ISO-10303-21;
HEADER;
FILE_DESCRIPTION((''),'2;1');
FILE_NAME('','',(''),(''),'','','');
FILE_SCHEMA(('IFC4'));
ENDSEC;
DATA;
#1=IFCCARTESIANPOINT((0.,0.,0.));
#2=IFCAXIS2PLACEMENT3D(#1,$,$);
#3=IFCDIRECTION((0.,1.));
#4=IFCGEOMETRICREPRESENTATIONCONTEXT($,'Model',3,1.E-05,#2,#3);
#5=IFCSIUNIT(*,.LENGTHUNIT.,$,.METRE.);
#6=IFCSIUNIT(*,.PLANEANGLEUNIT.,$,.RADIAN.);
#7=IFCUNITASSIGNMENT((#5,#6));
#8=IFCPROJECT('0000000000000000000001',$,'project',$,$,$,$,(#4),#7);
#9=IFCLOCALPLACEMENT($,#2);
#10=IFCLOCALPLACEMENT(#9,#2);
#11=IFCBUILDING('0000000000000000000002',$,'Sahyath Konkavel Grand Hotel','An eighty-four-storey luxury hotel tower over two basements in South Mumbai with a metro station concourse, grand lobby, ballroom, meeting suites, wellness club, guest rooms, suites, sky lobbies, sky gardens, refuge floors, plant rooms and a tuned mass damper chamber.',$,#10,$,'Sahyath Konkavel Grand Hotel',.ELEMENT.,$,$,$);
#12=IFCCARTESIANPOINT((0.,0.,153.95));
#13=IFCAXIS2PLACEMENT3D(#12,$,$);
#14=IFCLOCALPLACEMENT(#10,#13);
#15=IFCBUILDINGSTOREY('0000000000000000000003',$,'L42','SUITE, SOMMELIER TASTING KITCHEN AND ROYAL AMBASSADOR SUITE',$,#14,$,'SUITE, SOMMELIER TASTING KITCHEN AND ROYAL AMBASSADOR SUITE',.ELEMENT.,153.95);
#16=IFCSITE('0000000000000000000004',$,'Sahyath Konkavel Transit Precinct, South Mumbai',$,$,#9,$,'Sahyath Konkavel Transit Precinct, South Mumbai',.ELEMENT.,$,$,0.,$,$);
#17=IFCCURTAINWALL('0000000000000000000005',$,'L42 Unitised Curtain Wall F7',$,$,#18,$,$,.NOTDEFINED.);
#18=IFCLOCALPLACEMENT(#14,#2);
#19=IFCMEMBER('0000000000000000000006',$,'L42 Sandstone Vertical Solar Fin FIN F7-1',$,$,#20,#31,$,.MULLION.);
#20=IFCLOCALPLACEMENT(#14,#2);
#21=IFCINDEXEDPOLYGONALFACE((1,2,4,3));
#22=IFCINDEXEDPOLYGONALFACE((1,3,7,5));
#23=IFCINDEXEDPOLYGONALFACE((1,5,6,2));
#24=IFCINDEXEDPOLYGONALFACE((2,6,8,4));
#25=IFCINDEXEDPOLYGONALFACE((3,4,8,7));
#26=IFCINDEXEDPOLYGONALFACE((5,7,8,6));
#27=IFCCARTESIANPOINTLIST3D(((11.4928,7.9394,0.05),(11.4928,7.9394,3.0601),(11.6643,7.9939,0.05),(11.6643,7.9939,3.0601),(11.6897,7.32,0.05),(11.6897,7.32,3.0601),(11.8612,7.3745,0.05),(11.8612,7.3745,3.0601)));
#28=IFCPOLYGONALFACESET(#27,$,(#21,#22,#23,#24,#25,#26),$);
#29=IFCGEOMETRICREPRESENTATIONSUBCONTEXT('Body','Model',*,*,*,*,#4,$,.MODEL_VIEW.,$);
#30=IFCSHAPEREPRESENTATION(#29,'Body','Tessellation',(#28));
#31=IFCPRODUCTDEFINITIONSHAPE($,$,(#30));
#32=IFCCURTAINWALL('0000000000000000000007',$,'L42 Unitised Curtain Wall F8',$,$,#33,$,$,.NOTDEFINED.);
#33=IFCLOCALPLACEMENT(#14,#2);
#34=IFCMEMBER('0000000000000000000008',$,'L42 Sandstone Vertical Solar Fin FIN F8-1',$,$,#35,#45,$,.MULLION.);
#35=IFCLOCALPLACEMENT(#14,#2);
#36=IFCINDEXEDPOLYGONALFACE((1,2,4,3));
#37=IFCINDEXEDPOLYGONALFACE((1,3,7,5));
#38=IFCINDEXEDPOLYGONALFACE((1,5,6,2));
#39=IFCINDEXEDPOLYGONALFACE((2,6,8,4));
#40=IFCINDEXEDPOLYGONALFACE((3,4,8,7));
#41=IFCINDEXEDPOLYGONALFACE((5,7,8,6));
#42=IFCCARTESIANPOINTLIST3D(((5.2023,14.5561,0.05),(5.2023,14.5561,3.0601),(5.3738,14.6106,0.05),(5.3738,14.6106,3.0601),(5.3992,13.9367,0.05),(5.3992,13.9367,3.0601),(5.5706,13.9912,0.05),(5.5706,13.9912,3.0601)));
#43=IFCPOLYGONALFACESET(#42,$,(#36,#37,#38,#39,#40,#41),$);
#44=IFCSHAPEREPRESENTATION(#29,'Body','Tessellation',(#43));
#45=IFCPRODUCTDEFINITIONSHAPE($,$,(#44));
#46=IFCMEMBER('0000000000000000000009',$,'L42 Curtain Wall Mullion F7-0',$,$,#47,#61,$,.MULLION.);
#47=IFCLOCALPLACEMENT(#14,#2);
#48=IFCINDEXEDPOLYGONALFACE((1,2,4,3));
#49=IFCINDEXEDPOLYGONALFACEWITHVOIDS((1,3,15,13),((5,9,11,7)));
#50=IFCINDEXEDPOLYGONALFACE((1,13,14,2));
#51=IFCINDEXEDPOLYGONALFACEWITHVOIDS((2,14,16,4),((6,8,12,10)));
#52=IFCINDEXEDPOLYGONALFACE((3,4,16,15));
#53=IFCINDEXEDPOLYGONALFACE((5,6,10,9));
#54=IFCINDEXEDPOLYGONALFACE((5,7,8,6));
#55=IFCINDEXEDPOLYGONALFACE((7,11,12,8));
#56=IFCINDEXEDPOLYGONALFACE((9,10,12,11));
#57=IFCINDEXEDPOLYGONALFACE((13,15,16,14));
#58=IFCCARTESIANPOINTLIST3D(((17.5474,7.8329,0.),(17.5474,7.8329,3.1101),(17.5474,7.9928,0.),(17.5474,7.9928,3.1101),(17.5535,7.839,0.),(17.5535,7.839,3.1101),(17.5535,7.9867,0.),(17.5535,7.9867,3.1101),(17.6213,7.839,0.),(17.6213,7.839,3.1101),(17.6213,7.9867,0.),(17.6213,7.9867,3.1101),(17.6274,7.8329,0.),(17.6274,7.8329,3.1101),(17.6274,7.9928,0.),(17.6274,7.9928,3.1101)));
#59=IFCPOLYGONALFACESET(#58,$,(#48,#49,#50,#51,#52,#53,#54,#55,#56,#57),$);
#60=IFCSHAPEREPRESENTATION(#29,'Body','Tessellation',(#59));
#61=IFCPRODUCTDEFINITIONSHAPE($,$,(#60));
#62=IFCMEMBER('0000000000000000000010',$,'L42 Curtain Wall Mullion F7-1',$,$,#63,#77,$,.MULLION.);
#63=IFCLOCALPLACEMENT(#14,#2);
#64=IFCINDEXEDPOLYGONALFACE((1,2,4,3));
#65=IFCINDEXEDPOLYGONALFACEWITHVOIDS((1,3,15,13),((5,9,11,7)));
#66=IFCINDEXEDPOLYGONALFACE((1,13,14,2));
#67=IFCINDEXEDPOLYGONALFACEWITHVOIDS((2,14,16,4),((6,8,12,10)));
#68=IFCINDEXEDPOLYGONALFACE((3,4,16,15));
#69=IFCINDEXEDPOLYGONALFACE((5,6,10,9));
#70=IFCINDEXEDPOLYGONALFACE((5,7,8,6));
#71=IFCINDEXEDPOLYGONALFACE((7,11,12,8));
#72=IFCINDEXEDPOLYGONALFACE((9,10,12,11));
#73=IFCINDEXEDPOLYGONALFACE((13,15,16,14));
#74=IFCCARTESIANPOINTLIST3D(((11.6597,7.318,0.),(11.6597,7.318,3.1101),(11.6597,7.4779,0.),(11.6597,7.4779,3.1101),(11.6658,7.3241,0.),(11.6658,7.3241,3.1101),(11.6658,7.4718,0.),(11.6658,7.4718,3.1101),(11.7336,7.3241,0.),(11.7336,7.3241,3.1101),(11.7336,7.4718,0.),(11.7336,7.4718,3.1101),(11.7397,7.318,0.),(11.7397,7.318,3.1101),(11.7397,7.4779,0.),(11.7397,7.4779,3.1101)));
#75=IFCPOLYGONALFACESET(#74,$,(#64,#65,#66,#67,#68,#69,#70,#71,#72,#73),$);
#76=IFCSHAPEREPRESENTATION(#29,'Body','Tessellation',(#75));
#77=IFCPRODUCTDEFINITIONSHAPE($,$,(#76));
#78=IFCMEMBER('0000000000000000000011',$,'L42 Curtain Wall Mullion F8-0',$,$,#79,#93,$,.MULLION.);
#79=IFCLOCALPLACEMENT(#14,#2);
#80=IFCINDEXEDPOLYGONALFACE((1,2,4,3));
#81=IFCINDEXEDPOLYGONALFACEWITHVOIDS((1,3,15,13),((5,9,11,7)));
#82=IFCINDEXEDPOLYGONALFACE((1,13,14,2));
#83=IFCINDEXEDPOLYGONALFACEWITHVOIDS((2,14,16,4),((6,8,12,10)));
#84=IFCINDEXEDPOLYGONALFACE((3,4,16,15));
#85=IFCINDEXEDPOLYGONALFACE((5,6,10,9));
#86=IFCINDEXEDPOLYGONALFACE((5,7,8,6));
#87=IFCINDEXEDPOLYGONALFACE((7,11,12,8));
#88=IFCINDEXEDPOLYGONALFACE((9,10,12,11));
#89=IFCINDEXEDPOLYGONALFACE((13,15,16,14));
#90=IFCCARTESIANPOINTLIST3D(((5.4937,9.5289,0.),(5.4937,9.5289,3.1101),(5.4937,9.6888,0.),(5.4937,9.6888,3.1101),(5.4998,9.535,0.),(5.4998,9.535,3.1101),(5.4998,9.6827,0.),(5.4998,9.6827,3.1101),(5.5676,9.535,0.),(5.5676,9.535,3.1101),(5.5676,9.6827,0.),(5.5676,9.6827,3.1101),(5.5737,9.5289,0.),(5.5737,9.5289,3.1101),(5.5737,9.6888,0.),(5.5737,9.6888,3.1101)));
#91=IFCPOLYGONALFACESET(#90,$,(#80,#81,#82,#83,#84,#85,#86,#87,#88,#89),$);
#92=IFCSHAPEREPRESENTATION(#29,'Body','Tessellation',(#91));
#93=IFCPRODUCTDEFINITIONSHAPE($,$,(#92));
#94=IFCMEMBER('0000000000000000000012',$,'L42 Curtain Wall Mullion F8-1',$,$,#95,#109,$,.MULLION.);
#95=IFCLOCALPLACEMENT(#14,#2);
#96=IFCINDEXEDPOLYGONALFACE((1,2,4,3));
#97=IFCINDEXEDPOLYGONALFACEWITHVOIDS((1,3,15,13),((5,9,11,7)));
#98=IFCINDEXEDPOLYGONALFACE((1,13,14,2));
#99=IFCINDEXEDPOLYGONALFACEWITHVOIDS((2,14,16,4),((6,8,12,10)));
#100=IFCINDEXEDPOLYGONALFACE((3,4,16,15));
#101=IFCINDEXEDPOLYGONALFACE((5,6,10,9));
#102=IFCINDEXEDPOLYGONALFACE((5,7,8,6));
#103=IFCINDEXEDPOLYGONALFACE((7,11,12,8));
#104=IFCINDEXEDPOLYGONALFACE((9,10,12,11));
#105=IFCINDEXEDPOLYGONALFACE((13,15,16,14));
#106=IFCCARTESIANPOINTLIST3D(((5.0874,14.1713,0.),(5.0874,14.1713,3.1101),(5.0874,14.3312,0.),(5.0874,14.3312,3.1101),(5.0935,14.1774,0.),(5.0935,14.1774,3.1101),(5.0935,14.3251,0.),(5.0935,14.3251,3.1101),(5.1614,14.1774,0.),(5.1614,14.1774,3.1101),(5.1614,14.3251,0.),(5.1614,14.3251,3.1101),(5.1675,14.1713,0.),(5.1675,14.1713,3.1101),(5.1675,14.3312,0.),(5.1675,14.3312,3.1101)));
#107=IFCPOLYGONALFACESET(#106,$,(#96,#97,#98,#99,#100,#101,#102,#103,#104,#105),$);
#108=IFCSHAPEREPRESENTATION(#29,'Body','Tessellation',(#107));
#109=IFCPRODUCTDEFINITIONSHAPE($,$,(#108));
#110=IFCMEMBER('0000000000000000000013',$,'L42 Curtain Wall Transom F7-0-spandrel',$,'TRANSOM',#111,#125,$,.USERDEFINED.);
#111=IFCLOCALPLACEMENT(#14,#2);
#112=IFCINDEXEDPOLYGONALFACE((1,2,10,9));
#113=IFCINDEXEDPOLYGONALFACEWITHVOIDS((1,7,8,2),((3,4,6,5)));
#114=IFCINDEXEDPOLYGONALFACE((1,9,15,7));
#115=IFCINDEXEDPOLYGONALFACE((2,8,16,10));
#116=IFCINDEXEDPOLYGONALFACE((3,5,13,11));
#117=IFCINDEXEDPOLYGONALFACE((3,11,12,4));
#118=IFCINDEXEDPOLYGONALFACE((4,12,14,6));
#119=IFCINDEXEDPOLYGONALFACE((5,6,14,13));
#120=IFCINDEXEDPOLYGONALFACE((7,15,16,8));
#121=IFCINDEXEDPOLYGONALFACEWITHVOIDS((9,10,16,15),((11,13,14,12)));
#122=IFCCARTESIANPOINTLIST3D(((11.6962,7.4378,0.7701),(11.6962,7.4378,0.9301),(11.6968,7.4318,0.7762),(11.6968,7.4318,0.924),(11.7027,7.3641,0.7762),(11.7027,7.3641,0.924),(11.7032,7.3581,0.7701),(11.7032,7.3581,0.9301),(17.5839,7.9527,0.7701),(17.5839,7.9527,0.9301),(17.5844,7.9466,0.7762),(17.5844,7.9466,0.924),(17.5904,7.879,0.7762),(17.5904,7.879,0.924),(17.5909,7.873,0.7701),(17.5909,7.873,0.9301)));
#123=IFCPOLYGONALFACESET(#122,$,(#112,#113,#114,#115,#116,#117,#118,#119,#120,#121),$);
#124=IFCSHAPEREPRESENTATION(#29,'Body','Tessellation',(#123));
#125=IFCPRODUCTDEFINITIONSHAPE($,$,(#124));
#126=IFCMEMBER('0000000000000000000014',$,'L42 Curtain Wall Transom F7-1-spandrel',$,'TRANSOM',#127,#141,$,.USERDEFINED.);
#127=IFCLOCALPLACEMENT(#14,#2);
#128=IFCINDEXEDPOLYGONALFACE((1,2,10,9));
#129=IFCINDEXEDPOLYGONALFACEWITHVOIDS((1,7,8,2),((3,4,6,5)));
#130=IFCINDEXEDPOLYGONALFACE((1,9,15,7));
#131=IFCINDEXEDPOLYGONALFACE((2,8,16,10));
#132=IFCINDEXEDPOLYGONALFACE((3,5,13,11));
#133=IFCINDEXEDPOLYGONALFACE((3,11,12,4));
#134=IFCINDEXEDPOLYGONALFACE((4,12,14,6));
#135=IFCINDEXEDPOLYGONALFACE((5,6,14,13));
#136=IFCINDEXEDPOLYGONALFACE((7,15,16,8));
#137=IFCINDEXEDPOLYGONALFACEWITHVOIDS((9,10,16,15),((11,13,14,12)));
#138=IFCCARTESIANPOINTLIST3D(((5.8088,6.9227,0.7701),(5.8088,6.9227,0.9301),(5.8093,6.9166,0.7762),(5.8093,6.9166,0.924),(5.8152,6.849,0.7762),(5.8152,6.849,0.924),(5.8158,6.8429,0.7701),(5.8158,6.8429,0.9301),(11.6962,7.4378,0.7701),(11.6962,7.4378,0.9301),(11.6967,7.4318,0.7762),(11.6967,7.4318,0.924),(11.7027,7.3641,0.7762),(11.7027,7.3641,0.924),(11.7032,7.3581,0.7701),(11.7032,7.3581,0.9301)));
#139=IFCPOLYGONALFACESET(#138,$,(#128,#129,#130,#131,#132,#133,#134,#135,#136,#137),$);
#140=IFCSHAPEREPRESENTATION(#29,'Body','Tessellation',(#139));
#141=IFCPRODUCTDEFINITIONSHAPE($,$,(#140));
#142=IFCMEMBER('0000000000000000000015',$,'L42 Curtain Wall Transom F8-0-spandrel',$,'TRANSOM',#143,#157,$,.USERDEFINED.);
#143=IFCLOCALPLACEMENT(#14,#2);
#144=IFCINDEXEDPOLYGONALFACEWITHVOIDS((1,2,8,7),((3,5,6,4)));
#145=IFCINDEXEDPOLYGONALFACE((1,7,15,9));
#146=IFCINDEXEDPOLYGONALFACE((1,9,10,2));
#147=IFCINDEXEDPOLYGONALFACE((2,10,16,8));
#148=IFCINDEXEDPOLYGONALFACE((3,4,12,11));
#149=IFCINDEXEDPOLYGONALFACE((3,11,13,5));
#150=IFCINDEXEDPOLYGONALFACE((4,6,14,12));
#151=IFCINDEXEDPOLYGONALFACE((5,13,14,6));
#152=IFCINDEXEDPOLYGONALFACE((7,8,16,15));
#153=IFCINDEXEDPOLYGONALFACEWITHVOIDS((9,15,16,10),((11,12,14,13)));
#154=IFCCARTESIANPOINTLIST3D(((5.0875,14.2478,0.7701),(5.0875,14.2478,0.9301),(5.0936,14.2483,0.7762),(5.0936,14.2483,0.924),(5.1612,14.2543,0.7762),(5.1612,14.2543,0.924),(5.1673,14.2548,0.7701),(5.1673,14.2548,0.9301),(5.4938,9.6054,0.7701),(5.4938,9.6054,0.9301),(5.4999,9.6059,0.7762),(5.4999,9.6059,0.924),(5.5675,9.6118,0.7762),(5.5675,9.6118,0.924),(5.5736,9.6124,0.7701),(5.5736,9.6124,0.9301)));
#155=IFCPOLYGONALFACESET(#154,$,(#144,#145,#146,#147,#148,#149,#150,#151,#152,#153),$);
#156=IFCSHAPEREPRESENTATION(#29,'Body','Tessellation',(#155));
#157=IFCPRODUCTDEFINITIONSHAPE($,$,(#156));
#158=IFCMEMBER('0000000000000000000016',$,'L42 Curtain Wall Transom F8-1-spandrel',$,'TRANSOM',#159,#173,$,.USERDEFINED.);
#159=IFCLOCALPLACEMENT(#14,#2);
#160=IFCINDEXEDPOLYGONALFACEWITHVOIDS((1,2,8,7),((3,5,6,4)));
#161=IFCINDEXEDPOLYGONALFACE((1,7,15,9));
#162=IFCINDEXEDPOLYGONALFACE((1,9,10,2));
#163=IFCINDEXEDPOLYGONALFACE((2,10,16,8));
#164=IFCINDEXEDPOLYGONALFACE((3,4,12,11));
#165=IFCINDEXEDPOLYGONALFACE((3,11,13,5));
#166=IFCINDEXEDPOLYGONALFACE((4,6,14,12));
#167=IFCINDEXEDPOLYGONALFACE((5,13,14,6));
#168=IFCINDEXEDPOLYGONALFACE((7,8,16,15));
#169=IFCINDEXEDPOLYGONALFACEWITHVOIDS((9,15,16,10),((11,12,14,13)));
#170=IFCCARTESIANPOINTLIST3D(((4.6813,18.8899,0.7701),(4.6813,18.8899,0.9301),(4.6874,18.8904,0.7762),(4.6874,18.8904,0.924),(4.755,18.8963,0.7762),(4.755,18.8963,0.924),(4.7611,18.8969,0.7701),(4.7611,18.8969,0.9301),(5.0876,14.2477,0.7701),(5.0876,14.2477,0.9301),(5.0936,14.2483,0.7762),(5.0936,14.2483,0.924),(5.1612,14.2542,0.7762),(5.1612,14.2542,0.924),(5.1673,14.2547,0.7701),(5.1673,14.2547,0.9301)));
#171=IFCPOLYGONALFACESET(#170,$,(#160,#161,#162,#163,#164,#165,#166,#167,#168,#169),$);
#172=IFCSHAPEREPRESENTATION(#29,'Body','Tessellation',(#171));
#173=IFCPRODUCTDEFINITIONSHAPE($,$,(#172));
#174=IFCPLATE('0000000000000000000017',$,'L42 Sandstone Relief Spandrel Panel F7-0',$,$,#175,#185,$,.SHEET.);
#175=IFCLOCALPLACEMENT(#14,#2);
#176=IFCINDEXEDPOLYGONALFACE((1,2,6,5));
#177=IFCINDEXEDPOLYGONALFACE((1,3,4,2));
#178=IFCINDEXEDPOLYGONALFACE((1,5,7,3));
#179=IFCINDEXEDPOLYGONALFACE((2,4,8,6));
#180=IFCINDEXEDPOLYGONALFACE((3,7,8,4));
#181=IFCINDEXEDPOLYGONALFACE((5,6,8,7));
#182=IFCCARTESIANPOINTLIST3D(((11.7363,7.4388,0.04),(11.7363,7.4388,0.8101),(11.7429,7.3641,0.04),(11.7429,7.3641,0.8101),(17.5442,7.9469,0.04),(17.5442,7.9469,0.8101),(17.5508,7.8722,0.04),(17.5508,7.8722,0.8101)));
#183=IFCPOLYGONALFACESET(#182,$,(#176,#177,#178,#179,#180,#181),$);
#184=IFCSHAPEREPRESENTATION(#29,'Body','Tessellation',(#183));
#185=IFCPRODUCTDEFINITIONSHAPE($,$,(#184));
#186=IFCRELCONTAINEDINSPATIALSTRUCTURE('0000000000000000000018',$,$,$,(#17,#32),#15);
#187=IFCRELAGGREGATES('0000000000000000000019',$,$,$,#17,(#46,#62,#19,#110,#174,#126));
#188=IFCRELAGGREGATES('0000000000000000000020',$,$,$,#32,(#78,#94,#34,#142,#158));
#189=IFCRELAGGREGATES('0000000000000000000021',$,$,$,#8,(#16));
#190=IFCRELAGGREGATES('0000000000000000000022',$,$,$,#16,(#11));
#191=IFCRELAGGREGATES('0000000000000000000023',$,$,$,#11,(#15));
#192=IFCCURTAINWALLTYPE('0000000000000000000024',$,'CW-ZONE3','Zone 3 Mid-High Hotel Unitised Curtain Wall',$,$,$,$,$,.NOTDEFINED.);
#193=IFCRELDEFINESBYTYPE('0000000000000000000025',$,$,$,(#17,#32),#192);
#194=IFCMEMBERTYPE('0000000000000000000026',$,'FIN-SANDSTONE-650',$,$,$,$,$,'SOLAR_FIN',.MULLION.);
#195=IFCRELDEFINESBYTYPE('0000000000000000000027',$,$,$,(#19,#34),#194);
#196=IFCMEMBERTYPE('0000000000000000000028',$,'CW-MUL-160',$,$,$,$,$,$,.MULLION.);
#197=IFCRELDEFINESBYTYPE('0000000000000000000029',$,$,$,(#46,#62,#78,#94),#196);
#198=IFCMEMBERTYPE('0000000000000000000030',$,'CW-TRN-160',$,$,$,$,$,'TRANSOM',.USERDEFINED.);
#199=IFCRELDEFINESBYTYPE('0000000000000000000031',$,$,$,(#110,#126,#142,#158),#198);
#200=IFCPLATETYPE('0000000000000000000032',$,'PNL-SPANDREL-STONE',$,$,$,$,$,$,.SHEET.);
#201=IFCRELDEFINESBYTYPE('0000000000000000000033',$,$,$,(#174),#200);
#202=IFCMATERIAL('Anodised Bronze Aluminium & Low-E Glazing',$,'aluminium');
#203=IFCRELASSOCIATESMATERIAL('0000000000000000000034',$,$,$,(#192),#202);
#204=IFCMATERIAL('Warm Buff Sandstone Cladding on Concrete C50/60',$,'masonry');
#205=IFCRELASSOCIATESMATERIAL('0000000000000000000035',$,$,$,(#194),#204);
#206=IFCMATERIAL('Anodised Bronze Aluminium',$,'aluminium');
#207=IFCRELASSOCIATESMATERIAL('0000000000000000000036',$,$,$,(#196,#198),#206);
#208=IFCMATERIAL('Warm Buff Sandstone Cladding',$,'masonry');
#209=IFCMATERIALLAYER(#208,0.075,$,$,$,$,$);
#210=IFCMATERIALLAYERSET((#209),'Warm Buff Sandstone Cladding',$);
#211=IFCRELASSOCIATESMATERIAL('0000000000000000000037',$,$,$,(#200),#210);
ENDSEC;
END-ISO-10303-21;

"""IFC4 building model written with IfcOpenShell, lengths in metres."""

from ifc_helpers import new_model, si_unit, direction, frame, origin, origin_2d, place, context, subcontext, project, spatial, rectangle, hollow_rectangle, extrude, source, transform, mapped, material, layer, layer_set, material_profile, profile_set, type_object, element, aggregate, save


model = new_model("IFC4")

# Units and contexts
model_context = context("Model", 3, precision=1e-05, world=origin(), true_north=direction((0.0, 1.0)))
body_context = subcontext(model_context, "Body", "Model", "MODEL_VIEW")
ifc_project = project(units=[si_unit("LENGTHUNIT", "METRE"), si_unit("PLANEANGLEUNIT", "RADIAN")], contexts=[model_context])

# Site, building, storey
site_placement = place(None, origin())
site = spatial("IfcSite", under=ifc_project, at=site_placement, Name="Sahyath Konkavel Transit Precinct, South Mumbai", LongName="Sahyath Konkavel Transit Precinct, South Mumbai", CompositionType="ELEMENT", RefElevation=0.0)
building_placement = place(site_placement, origin())
building = spatial("IfcBuilding", under=site, at=building_placement, Name="Sahyath Konkavel Grand Hotel", Description="An eighty-four-storey luxury hotel tower over two basements in South Mumbai with a metro station concourse, grand lobby, ballroom, meeting suites, wellness club, guest rooms, suites, sky lobbies, sky gardens, refuge floors, plant rooms and a tuned mass damper chamber.", LongName="Sahyath Konkavel Grand Hotel", CompositionType="ELEMENT")
storey_placement = place(building_placement, frame((0.0, 0.0, 153.95)))
storey = spatial("IfcBuildingStorey", under=building, at=storey_placement, Name="L42", Description="SUITE, SOMMELIER TASTING KITCHEN AND ROYAL AMBASSADOR SUITE", LongName="SUITE, SOMMELIER TASTING KITCHEN AND ROYAL AMBASSADOR SUITE", CompositionType="ELEMENT", Elevation=153.95)

# Curtain walls, members
ifc_material_1 = material(Name="Anodised Bronze Aluminium & Low-E Glazing", Category="aluminium")
curtain_wall_type = type_object("IfcCurtainWallType", Name="CW-ZONE3", Description="Zone 3 Mid-High Hotel Unitised Curtain Wall", PredefinedType="NOTDEFINED", material=ifc_material_1)
curtain_wall_1_placement = place(storey_placement, origin())
curtain_wall_1 = element("IfcCurtainWall", 1, at=curtain_wall_1_placement, inside=storey, type_object=curtain_wall_type, Name="L42 Unitised Curtain Wall F7", PredefinedType="NOTDEFINED")
ifc_material_2 = material(Name="Warm Buff Sandstone Cladding on Concrete C50/60", Category="masonry")
ifc_material_profile_1 = material_profile(ifc_material_2, rectangle(XDim=0.1799, YDim=0.6499, at=origin_2d()), Name="FIN 180x650")
ifc_profile_set_1 = profile_set([ifc_material_profile_1], Name="Warm Buff Sandstone Cladding on Concrete C50/60")
member_type_1 = type_object("IfcMemberType", Name="FIN-SANDSTONE-650", ElementType="SOLAR_FIN", PredefinedType="MULLION", material=ifc_profile_set_1)
shared_shape_1 = source(origin(), body_context, "Body", "SweptSolid", [
    extrude(rectangle(XDim=0.1799, YDim=0.6499, at=origin_2d()), origin(), (0.0, 0.0, 1.0), 3.01),
])
member_1_placement = place(storey_placement, frame((11.677, 7.657, 0.05), z_axis=(0.0, 0.0, 1.0), x_axis=(0.953032, 0.302869, 0.0)))
member_1 = element("IfcMember", 2, at=member_1_placement, type_object=member_type_1, Name="L42 Sandstone Vertical Solar Fin FIN F7-1", PredefinedType="MULLION", context=body_context, shape_type="MappedRepresentation", body=[
    mapped(shared_shape_1, transform((0.0, 0.0, 0.0), scale=1.0)),
])
curtain_wall_2_placement = place(storey_placement, origin())
curtain_wall_2 = element("IfcCurtainWall", 3, at=curtain_wall_2_placement, inside=storey, type_object=curtain_wall_type, Name="L42 Unitised Curtain Wall F8", PredefinedType="NOTDEFINED")
member_2_placement = place(storey_placement, frame((5.3865, 14.2737, 0.05), z_axis=(0.0, 0.0, 1.0), x_axis=(0.953032, 0.302869, 0.0)))
member_2 = element("IfcMember", 4, at=member_2_placement, type_object=member_type_1, Name="L42 Sandstone Vertical Solar Fin FIN F8-1", PredefinedType="MULLION", context=body_context, shape_type="MappedRepresentation", body=[
    mapped(shared_shape_1, transform((0.0, 0.0, 0.0), scale=1.0)),
])

# Members
ifc_material_3 = material(Name="Anodised Bronze Aluminium", Category="aluminium")
ifc_material_profile_2 = material_profile(ifc_material_3, hollow_rectangle(XDim=0.0801, YDim=0.1599, WallThickness=0.0061, at=origin_2d()), Name="RHS 160x80x6")
ifc_profile_set_2 = profile_set([ifc_material_profile_2], Name="Anodised Bronze Aluminium")
member_type_2 = type_object("IfcMemberType", Name="CW-MUL-160", PredefinedType="MULLION", material=ifc_profile_set_2)
shared_shape_2 = source(origin(), body_context, "Body", "SweptSolid", [
    extrude(hollow_rectangle(XDim=0.0801, YDim=0.1599, WallThickness=0.0061, at=origin_2d()), origin(), (0.0, 0.0, 1.0), 3.1101),
])
member_3_placement = place(storey_placement, frame((17.5874, 7.9128, 0.0), z_axis=(0.0, 0.0, 1.0), x_axis=(1.0, 0.0, 0.0)))
member_3 = element("IfcMember", 5, at=member_3_placement, type_object=member_type_2, Name="L42 Curtain Wall Mullion F7-0", PredefinedType="MULLION", context=body_context, shape_type="MappedRepresentation", body=[
    mapped(shared_shape_2, transform((0.0, 0.0, 0.0), scale=1.0)),
])
member_4_placement = place(storey_placement, frame((11.6997, 7.3979, 0.0), z_axis=(0.0, 0.0, 1.0), x_axis=(1.0, 0.0, 0.0)))
member_4 = element("IfcMember", 6, at=member_4_placement, type_object=member_type_2, Name="L42 Curtain Wall Mullion F7-1", PredefinedType="MULLION", context=body_context, shape_type="MappedRepresentation", body=[
    mapped(shared_shape_2, transform((0.0, 0.0, 0.0), scale=1.0)),
])
member_5_placement = place(storey_placement, frame((5.5337, 9.6089, 0.0), z_axis=(0.0, 0.0, 1.0), x_axis=(1.0, 0.0, 0.0)))
member_5 = element("IfcMember", 7, at=member_5_placement, type_object=member_type_2, Name="L42 Curtain Wall Mullion F8-0", PredefinedType="MULLION", context=body_context, shape_type="MappedRepresentation", body=[
    mapped(shared_shape_2, transform((0.0, 0.0, 0.0), scale=1.0)),
])
member_6_placement = place(storey_placement, frame((5.1274, 14.2512, 0.0), z_axis=(0.0, 0.0, 1.0), x_axis=(1.0, 0.0, 0.0)))
member_6 = element("IfcMember", 8, at=member_6_placement, type_object=member_type_2, Name="L42 Curtain Wall Mullion F8-1", PredefinedType="MULLION", context=body_context, shape_type="MappedRepresentation", body=[
    mapped(shared_shape_2, transform((0.0, 0.0, 0.0), scale=1.0)),
])
ifc_material_profile_3 = material_profile(ifc_material_3, hollow_rectangle(XDim=0.0801, YDim=0.1599, WallThickness=0.0061, at=origin_2d()), Name="RHS 160x80x6")
ifc_profile_set_3 = profile_set([ifc_material_profile_3], Name="Anodised Bronze Aluminium")
member_type_3 = type_object("IfcMemberType", Name="CW-TRN-160", ElementType="TRANSOM", PredefinedType="USERDEFINED", material=ifc_profile_set_3)
shared_shape_3 = source(origin(), body_context, "Body", "SweptSolid", [
    extrude(hollow_rectangle(XDim=0.0801, YDim=0.1599, WallThickness=0.0061, at=origin_2d()), origin(), (0.0, 0.0, 1.0), 5.9102),
])
member_7_placement = place(storey_placement, frame((17.5874, 7.9128, 0.8501), z_axis=(-0.996198, -0.08712, 0.0), x_axis=(0.08712, -0.996198, 0.0)))
member_7 = element("IfcMember", 9, at=member_7_placement, type_object=member_type_3, Name="L42 Curtain Wall Transom F7-0-spandrel", ObjectType="TRANSOM", PredefinedType="USERDEFINED", context=body_context, shape_type="MappedRepresentation", body=[
    mapped(shared_shape_3, transform((0.0, 0.0, 0.0), scale=1.0)),
])
shared_shape_4 = source(origin(), body_context, "Body", "SweptSolid", [
    extrude(hollow_rectangle(XDim=0.0801, YDim=0.1599, WallThickness=0.0061, at=origin_2d()), origin(), (0.0, 0.0, 1.0), 5.9099),
])
member_8_placement = place(storey_placement, frame((11.6997, 7.3979, 0.8501), z_axis=(-0.996194, -0.087164, 0.0), x_axis=(0.087164, -0.996194, 0.0)))
member_8 = element("IfcMember", 10, at=member_8_placement, type_object=member_type_3, Name="L42 Curtain Wall Transom F7-1-spandrel", ObjectType="TRANSOM", PredefinedType="USERDEFINED", context=body_context, shape_type="MappedRepresentation", body=[
    mapped(shared_shape_4, transform((0.0, 0.0, 0.0), scale=1.0)),
])
shared_shape_5 = source(origin(), body_context, "Body", "SweptSolid", [
    extrude(hollow_rectangle(XDim=0.0801, YDim=0.1599, WallThickness=0.0061, at=origin_2d()), origin(), (0.0, 0.0, 1.0), 4.6602),
])
member_9_placement = place(storey_placement, frame((5.5337, 9.6089, 0.8501), z_axis=(-0.087177, 0.996193, 0.0), x_axis=(-0.996193, -0.087177, 0.0)))
member_9 = element("IfcMember", 11, at=member_9_placement, type_object=member_type_3, Name="L42 Curtain Wall Transom F8-0-spandrel", ObjectType="TRANSOM", PredefinedType="USERDEFINED", context=body_context, shape_type="MappedRepresentation", body=[
    mapped(shared_shape_5, transform((0.0, 0.0, 0.0), scale=1.0)),
])
shared_shape_6 = source(origin(), body_context, "Body", "SweptSolid", [
    extrude(hollow_rectangle(XDim=0.0801, YDim=0.1599, WallThickness=0.0061, at=origin_2d()), origin(), (0.0, 0.0, 1.0), 4.6599),
])
member_10_placement = place(storey_placement, frame((5.1274, 14.2512, 0.8501), z_axis=(-0.087181, 0.996192, 0.0), x_axis=(-0.996192, -0.087181, 0.0)))
member_10 = element("IfcMember", 12, at=member_10_placement, type_object=member_type_3, Name="L42 Curtain Wall Transom F8-1-spandrel", ObjectType="TRANSOM", PredefinedType="USERDEFINED", context=body_context, shape_type="MappedRepresentation", body=[
    mapped(shared_shape_6, transform((0.0, 0.0, 0.0), scale=1.0)),
])

# Plate
ifc_material_4 = material(Name="Warm Buff Sandstone Cladding", Category="masonry")
ifc_layer_1 = layer(ifc_material_4, 0.075)
ifc_layer_set_1 = layer_set([ifc_layer_1], Name="Warm Buff Sandstone Cladding")
plate_type_1 = type_object("IfcPlateType", Name="PNL-SPANDREL-STONE", PredefinedType="SHEET", material=ifc_layer_set_1)
shared_shape_7 = source(origin(), body_context, "Body", "SweptSolid", [
    extrude(rectangle(XDim=5.8301, YDim=0.075, at=origin_2d()), origin(), (0.0, 0.0, 1.0), 0.77),
])
plate_1_placement = place(storey_placement, frame((14.6436, 7.6555, 0.04), z_axis=(0.0, 0.0, 1.0), x_axis=(-0.996195, -0.087156, 0.0)))
plate_1 = element("IfcPlate", 13, at=plate_1_placement, type_object=plate_type_1, Name="L42 Sandstone Relief Spandrel Panel F7-0", PredefinedType="SHEET", context=body_context, shape_type="MappedRepresentation", body=[
    mapped(shared_shape_7, transform((0.0, 0.0, 0.0), scale=1.0)),
])
aggregate(curtain_wall_1, [member_3, member_4, member_1, member_7, plate_1, member_8])
aggregate(curtain_wall_2, [member_5, member_6, member_2, member_9, member_10])

save(model, "model.ifc")
